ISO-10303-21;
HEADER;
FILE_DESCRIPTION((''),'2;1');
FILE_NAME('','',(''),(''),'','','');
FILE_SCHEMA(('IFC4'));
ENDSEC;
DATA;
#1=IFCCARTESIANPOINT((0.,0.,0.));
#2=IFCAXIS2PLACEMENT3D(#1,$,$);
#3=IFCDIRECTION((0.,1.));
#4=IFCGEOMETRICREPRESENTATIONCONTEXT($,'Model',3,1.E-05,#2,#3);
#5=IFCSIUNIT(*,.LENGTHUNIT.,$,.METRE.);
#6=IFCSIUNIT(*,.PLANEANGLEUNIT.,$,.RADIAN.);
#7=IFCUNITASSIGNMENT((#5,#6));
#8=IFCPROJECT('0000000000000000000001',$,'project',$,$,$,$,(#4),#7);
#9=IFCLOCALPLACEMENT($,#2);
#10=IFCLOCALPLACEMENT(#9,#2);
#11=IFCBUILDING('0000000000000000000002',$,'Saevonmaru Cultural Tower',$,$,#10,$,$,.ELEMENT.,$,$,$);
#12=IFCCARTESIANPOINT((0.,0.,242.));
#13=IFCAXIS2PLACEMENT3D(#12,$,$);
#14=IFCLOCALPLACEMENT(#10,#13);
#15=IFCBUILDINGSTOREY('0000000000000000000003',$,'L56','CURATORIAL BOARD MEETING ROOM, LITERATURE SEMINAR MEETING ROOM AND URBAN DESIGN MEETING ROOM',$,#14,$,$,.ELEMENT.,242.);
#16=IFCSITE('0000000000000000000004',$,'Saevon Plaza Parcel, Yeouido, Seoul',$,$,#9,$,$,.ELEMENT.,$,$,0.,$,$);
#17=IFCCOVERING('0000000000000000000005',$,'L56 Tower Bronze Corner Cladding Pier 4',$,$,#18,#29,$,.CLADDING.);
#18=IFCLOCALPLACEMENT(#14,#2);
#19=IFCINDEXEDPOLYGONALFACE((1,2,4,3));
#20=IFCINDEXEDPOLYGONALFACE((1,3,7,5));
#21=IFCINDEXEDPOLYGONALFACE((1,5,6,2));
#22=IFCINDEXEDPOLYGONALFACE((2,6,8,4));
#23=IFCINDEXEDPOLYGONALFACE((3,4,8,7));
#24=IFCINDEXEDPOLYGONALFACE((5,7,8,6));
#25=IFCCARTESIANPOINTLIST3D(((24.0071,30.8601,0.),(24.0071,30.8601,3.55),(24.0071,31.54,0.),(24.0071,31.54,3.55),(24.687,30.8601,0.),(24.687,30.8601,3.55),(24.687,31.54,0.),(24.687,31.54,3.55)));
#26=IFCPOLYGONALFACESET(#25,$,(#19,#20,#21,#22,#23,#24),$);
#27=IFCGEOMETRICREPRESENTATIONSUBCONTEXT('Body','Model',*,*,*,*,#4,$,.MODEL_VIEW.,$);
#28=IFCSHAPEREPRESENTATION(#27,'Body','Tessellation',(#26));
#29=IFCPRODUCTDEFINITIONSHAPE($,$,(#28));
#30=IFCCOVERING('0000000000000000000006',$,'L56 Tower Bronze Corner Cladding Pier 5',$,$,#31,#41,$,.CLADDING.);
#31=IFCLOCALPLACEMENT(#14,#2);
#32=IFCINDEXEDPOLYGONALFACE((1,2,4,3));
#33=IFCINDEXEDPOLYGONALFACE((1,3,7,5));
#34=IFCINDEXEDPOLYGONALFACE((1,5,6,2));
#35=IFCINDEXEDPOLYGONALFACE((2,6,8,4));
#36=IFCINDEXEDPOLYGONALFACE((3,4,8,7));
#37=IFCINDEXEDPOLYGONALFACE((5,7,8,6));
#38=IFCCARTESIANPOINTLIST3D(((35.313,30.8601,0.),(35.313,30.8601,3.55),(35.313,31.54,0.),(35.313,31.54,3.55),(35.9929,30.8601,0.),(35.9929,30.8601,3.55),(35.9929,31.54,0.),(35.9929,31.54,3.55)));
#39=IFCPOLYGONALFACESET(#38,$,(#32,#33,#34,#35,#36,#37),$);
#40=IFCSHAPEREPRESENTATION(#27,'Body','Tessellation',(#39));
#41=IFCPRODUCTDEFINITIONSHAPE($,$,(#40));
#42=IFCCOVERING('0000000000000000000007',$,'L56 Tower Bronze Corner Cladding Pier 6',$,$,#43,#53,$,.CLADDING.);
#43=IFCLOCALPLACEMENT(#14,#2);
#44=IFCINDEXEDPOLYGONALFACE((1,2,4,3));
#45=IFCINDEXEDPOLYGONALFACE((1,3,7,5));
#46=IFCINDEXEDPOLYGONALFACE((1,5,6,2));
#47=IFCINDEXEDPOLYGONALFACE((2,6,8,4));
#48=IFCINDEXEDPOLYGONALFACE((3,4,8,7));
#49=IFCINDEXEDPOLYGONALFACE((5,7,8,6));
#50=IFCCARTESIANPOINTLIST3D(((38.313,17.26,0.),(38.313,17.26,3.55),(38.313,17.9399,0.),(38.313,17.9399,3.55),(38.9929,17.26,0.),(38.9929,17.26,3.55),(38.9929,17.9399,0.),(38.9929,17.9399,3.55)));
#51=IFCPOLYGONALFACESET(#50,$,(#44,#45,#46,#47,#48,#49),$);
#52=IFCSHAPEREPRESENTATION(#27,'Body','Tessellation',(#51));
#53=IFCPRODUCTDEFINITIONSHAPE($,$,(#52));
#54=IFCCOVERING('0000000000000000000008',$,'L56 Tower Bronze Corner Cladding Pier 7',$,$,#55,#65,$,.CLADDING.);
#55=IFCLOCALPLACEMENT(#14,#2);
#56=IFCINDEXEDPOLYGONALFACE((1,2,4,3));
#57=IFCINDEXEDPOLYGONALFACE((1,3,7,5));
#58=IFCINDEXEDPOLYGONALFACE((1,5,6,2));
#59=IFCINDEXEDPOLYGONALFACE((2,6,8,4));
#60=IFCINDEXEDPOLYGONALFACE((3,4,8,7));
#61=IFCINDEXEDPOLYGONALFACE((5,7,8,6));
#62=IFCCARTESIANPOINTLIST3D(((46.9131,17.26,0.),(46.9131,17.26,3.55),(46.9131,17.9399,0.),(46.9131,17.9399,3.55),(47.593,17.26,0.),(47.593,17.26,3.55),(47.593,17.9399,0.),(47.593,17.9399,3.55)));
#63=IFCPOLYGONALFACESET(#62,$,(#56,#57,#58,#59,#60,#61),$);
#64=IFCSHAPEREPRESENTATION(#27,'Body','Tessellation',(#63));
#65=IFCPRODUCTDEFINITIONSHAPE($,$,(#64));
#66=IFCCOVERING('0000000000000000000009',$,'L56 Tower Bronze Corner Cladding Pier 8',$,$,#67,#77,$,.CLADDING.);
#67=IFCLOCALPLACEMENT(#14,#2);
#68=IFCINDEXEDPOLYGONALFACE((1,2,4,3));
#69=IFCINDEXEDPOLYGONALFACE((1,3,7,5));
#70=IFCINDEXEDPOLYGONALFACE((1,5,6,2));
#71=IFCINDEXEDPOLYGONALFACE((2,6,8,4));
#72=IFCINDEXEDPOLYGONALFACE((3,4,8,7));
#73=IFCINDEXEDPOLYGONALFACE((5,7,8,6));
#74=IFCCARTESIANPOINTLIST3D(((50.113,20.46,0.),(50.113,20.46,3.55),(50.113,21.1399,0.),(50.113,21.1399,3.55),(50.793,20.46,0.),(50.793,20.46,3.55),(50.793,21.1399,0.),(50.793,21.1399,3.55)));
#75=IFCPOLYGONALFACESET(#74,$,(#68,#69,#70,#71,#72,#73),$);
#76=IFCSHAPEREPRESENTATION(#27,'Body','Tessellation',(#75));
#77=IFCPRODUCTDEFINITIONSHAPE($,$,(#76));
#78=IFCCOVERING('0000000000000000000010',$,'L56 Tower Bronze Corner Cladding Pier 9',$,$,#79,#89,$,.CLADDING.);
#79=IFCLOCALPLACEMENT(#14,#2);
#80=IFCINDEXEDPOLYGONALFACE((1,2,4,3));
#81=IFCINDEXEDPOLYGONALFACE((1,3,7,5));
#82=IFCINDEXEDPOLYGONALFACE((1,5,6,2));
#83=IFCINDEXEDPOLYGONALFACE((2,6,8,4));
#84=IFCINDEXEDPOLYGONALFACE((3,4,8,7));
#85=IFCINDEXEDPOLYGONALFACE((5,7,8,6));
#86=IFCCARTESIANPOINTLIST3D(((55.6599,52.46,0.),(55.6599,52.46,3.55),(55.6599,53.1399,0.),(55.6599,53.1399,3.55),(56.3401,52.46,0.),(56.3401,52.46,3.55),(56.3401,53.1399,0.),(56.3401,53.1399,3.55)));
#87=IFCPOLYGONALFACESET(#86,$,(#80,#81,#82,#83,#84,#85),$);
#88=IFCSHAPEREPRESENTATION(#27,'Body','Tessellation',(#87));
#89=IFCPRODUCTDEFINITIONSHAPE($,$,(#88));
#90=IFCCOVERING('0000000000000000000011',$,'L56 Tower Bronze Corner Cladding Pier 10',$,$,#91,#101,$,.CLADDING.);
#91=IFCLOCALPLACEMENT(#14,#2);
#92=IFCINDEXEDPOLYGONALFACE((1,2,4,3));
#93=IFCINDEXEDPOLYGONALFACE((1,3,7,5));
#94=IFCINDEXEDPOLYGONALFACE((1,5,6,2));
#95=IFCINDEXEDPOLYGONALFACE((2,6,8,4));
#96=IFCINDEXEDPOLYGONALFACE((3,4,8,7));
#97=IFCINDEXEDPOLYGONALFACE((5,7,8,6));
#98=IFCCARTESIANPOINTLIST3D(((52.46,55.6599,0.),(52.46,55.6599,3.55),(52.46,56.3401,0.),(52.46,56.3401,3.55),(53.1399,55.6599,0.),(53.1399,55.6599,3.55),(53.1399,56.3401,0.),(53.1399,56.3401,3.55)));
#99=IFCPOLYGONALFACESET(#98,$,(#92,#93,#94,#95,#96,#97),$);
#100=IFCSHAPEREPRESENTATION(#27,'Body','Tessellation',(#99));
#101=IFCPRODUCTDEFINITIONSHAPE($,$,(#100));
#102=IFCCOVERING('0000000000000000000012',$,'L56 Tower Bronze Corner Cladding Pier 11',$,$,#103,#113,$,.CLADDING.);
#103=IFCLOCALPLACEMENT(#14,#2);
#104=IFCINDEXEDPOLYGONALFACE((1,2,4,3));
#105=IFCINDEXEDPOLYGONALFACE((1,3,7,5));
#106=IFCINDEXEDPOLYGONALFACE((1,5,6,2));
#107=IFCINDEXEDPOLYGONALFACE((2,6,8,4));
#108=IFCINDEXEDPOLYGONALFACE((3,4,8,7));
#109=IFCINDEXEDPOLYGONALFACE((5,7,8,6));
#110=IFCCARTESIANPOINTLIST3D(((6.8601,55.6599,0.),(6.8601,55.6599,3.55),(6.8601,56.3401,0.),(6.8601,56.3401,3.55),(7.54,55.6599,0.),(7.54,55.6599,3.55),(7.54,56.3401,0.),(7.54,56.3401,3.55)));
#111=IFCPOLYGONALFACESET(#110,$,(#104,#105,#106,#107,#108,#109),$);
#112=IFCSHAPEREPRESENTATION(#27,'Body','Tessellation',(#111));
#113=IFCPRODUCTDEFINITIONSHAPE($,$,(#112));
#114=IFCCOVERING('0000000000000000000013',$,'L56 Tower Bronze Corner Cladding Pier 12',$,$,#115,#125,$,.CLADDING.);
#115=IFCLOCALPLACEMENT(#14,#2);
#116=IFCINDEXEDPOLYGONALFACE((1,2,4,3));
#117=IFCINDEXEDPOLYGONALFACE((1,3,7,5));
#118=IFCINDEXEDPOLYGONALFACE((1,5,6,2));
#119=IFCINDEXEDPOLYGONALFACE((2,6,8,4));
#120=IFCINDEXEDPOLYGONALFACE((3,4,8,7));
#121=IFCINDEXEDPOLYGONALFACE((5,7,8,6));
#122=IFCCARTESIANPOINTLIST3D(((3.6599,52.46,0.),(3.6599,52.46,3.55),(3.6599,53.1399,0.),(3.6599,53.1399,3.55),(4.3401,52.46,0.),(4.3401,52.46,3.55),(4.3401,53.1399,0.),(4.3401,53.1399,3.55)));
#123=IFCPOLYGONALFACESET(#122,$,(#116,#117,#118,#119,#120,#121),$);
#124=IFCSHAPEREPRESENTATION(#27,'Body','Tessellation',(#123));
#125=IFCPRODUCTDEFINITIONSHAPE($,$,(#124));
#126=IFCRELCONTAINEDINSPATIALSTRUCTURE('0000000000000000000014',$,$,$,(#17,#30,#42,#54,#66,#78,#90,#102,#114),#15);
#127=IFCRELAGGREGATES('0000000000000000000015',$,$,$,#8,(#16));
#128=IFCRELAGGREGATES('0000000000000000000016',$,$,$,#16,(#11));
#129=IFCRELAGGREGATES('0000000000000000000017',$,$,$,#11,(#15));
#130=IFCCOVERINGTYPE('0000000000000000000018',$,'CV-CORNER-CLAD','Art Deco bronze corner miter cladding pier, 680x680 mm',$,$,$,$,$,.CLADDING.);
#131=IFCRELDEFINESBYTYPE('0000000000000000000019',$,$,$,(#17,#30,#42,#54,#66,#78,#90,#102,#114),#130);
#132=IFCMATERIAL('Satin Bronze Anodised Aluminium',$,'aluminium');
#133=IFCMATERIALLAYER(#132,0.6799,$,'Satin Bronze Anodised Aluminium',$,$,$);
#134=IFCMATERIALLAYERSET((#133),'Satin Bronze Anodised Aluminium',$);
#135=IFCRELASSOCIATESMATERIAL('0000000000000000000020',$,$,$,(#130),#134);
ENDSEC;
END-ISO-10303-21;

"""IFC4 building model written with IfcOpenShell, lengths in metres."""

from ifc_helpers import new_model, si_unit, direction, frame, origin, place, context, subcontext, project, spatial, polyline, outline, extrude, material, layer, layer_set, type_object, element, save


model = new_model("IFC4")

# Units and contexts
model_context = context("Model", 3, precision=1e-05, world=origin(), true_north=direction((0.0, 1.0)))
body_context = subcontext(model_context, "Body", "Model", "MODEL_VIEW")
ifc_project = project(units=[si_unit("LENGTHUNIT", "METRE"), si_unit("PLANEANGLEUNIT", "RADIAN")], contexts=[model_context])

# Site, building, storey
site_placement = place(None, origin())
site = spatial("IfcSite", under=ifc_project, at=site_placement, Name="Saevon Plaza Parcel, Yeouido, Seoul", CompositionType="ELEMENT", RefElevation=0.0)
building_placement = place(site_placement, origin())
building = spatial("IfcBuilding", under=site, at=building_placement, Name="Saevonmaru Cultural Tower", CompositionType="ELEMENT")
storey_placement = place(building_placement, frame((0.0, 0.0, 242.0)))
storey = spatial("IfcBuildingStorey", under=building, at=storey_placement, Name="L56", Description="CURATORIAL BOARD MEETING ROOM, LITERATURE SEMINAR MEETING ROOM AND URBAN DESIGN MEETING ROOM", CompositionType="ELEMENT", Elevation=242.0)

# Shared definitions
ifc_material_1 = material(Name="Satin Bronze Anodised Aluminium", Category="aluminium")

# Coverings
ifc_layer_1 = layer(ifc_material_1, 0.6799, Name="Satin Bronze Anodised Aluminium")
ifc_layer_set_1 = layer_set([ifc_layer_1], Name="Satin Bronze Anodised Aluminium")
covering_type = type_object("IfcCoveringType", Name="CV-CORNER-CLAD", Description="Art Deco bronze corner miter cladding pier, 680x680 mm", PredefinedType="CLADDING", material=ifc_layer_set_1)
covering_1_placement = place(storey_placement, origin())
element("IfcCovering", 1, at=covering_1_placement, inside=storey, type_object=covering_type, Name="L56 Tower Bronze Corner Cladding Pier 4", PredefinedType="CLADDING", context=body_context, shape_type="SweptSolid", body=[
    extrude(outline(polyline([(24.0071, 30.8601), (24.687, 30.8601), (24.687, 31.54), (24.0071, 31.54), (24.0071, 30.8601)])), origin(), (0.0, 0.0, 1.0), 3.55),
])
covering_2_placement = place(storey_placement, origin())
element("IfcCovering", 2, at=covering_2_placement, inside=storey, type_object=covering_type, Name="L56 Tower Bronze Corner Cladding Pier 5", PredefinedType="CLADDING", context=body_context, shape_type="SweptSolid", body=[
    extrude(outline(polyline([(35.313, 30.8601), (35.9929, 30.8601), (35.9929, 31.54), (35.313, 31.54), (35.313, 30.8601)])), origin(), (0.0, 0.0, 1.0), 3.55),
])
covering_3_placement = place(storey_placement, origin())
element("IfcCovering", 3, at=covering_3_placement, inside=storey, type_object=covering_type, Name="L56 Tower Bronze Corner Cladding Pier 6", PredefinedType="CLADDING", context=body_context, shape_type="SweptSolid", body=[
    extrude(outline(polyline([(38.313, 17.26), (38.9929, 17.26), (38.9929, 17.9399), (38.313, 17.9399), (38.313, 17.26)])), origin(), (0.0, 0.0, 1.0), 3.55),
])
covering_4_placement = place(storey_placement, origin())
element("IfcCovering", 4, at=covering_4_placement, inside=storey, type_object=covering_type, Name="L56 Tower Bronze Corner Cladding Pier 7", PredefinedType="CLADDING", context=body_context, shape_type="SweptSolid", body=[
    extrude(outline(polyline([(46.9131, 17.26), (47.593, 17.26), (47.593, 17.9399), (46.9131, 17.9399), (46.9131, 17.26)])), origin(), (0.0, 0.0, 1.0), 3.55),
])
covering_5_placement = place(storey_placement, origin())
element("IfcCovering", 5, at=covering_5_placement, inside=storey, type_object=covering_type, Name="L56 Tower Bronze Corner Cladding Pier 8", PredefinedType="CLADDING", context=body_context, shape_type="SweptSolid", body=[
    extrude(outline(polyline([(50.113, 20.46), (50.793, 20.46), (50.793, 21.1399), (50.113, 21.1399), (50.113, 20.46)])), origin(), (0.0, 0.0, 1.0), 3.55),
])
covering_6_placement = place(storey_placement, origin())
element("IfcCovering", 6, at=covering_6_placement, inside=storey, type_object=covering_type, Name="L56 Tower Bronze Corner Cladding Pier 9", PredefinedType="CLADDING", context=body_context, shape_type="SweptSolid", body=[
    extrude(outline(polyline([(55.6599, 52.46), (56.3401, 52.46), (56.3401, 53.1399), (55.6599, 53.1399), (55.6599, 52.46)])), origin(), (0.0, 0.0, 1.0), 3.55),
])
covering_7_placement = place(storey_placement, origin())
element("IfcCovering", 7, at=covering_7_placement, inside=storey, type_object=covering_type, Name="L56 Tower Bronze Corner Cladding Pier 10", PredefinedType="CLADDING", context=body_context, shape_type="SweptSolid", body=[
    extrude(outline(polyline([(52.46, 55.6599), (53.1399, 55.6599), (53.1399, 56.3401), (52.46, 56.3401), (52.46, 55.6599)])), origin(), (0.0, 0.0, 1.0), 3.55),
])
covering_8_placement = place(storey_placement, origin())
element("IfcCovering", 8, at=covering_8_placement, inside=storey, type_object=covering_type, Name="L56 Tower Bronze Corner Cladding Pier 11", PredefinedType="CLADDING", context=body_context, shape_type="SweptSolid", body=[
    extrude(outline(polyline([(6.8601, 55.6599), (7.54, 55.6599), (7.54, 56.3401), (6.8601, 56.3401), (6.8601, 55.6599)])), origin(), (0.0, 0.0, 1.0), 3.55),
])
covering_9_placement = place(storey_placement, origin())
element("IfcCovering", 9, at=covering_9_placement, inside=storey, type_object=covering_type, Name="L56 Tower Bronze Corner Cladding Pier 12", PredefinedType="CLADDING", context=body_context, shape_type="SweptSolid", body=[
    extrude(outline(polyline([(3.6599, 52.46), (4.3401, 52.46), (4.3401, 53.1399), (3.6599, 53.1399), (3.6599, 52.46)])), origin(), (0.0, 0.0, 1.0), 3.55),
])

save(model, "model.ifc")
